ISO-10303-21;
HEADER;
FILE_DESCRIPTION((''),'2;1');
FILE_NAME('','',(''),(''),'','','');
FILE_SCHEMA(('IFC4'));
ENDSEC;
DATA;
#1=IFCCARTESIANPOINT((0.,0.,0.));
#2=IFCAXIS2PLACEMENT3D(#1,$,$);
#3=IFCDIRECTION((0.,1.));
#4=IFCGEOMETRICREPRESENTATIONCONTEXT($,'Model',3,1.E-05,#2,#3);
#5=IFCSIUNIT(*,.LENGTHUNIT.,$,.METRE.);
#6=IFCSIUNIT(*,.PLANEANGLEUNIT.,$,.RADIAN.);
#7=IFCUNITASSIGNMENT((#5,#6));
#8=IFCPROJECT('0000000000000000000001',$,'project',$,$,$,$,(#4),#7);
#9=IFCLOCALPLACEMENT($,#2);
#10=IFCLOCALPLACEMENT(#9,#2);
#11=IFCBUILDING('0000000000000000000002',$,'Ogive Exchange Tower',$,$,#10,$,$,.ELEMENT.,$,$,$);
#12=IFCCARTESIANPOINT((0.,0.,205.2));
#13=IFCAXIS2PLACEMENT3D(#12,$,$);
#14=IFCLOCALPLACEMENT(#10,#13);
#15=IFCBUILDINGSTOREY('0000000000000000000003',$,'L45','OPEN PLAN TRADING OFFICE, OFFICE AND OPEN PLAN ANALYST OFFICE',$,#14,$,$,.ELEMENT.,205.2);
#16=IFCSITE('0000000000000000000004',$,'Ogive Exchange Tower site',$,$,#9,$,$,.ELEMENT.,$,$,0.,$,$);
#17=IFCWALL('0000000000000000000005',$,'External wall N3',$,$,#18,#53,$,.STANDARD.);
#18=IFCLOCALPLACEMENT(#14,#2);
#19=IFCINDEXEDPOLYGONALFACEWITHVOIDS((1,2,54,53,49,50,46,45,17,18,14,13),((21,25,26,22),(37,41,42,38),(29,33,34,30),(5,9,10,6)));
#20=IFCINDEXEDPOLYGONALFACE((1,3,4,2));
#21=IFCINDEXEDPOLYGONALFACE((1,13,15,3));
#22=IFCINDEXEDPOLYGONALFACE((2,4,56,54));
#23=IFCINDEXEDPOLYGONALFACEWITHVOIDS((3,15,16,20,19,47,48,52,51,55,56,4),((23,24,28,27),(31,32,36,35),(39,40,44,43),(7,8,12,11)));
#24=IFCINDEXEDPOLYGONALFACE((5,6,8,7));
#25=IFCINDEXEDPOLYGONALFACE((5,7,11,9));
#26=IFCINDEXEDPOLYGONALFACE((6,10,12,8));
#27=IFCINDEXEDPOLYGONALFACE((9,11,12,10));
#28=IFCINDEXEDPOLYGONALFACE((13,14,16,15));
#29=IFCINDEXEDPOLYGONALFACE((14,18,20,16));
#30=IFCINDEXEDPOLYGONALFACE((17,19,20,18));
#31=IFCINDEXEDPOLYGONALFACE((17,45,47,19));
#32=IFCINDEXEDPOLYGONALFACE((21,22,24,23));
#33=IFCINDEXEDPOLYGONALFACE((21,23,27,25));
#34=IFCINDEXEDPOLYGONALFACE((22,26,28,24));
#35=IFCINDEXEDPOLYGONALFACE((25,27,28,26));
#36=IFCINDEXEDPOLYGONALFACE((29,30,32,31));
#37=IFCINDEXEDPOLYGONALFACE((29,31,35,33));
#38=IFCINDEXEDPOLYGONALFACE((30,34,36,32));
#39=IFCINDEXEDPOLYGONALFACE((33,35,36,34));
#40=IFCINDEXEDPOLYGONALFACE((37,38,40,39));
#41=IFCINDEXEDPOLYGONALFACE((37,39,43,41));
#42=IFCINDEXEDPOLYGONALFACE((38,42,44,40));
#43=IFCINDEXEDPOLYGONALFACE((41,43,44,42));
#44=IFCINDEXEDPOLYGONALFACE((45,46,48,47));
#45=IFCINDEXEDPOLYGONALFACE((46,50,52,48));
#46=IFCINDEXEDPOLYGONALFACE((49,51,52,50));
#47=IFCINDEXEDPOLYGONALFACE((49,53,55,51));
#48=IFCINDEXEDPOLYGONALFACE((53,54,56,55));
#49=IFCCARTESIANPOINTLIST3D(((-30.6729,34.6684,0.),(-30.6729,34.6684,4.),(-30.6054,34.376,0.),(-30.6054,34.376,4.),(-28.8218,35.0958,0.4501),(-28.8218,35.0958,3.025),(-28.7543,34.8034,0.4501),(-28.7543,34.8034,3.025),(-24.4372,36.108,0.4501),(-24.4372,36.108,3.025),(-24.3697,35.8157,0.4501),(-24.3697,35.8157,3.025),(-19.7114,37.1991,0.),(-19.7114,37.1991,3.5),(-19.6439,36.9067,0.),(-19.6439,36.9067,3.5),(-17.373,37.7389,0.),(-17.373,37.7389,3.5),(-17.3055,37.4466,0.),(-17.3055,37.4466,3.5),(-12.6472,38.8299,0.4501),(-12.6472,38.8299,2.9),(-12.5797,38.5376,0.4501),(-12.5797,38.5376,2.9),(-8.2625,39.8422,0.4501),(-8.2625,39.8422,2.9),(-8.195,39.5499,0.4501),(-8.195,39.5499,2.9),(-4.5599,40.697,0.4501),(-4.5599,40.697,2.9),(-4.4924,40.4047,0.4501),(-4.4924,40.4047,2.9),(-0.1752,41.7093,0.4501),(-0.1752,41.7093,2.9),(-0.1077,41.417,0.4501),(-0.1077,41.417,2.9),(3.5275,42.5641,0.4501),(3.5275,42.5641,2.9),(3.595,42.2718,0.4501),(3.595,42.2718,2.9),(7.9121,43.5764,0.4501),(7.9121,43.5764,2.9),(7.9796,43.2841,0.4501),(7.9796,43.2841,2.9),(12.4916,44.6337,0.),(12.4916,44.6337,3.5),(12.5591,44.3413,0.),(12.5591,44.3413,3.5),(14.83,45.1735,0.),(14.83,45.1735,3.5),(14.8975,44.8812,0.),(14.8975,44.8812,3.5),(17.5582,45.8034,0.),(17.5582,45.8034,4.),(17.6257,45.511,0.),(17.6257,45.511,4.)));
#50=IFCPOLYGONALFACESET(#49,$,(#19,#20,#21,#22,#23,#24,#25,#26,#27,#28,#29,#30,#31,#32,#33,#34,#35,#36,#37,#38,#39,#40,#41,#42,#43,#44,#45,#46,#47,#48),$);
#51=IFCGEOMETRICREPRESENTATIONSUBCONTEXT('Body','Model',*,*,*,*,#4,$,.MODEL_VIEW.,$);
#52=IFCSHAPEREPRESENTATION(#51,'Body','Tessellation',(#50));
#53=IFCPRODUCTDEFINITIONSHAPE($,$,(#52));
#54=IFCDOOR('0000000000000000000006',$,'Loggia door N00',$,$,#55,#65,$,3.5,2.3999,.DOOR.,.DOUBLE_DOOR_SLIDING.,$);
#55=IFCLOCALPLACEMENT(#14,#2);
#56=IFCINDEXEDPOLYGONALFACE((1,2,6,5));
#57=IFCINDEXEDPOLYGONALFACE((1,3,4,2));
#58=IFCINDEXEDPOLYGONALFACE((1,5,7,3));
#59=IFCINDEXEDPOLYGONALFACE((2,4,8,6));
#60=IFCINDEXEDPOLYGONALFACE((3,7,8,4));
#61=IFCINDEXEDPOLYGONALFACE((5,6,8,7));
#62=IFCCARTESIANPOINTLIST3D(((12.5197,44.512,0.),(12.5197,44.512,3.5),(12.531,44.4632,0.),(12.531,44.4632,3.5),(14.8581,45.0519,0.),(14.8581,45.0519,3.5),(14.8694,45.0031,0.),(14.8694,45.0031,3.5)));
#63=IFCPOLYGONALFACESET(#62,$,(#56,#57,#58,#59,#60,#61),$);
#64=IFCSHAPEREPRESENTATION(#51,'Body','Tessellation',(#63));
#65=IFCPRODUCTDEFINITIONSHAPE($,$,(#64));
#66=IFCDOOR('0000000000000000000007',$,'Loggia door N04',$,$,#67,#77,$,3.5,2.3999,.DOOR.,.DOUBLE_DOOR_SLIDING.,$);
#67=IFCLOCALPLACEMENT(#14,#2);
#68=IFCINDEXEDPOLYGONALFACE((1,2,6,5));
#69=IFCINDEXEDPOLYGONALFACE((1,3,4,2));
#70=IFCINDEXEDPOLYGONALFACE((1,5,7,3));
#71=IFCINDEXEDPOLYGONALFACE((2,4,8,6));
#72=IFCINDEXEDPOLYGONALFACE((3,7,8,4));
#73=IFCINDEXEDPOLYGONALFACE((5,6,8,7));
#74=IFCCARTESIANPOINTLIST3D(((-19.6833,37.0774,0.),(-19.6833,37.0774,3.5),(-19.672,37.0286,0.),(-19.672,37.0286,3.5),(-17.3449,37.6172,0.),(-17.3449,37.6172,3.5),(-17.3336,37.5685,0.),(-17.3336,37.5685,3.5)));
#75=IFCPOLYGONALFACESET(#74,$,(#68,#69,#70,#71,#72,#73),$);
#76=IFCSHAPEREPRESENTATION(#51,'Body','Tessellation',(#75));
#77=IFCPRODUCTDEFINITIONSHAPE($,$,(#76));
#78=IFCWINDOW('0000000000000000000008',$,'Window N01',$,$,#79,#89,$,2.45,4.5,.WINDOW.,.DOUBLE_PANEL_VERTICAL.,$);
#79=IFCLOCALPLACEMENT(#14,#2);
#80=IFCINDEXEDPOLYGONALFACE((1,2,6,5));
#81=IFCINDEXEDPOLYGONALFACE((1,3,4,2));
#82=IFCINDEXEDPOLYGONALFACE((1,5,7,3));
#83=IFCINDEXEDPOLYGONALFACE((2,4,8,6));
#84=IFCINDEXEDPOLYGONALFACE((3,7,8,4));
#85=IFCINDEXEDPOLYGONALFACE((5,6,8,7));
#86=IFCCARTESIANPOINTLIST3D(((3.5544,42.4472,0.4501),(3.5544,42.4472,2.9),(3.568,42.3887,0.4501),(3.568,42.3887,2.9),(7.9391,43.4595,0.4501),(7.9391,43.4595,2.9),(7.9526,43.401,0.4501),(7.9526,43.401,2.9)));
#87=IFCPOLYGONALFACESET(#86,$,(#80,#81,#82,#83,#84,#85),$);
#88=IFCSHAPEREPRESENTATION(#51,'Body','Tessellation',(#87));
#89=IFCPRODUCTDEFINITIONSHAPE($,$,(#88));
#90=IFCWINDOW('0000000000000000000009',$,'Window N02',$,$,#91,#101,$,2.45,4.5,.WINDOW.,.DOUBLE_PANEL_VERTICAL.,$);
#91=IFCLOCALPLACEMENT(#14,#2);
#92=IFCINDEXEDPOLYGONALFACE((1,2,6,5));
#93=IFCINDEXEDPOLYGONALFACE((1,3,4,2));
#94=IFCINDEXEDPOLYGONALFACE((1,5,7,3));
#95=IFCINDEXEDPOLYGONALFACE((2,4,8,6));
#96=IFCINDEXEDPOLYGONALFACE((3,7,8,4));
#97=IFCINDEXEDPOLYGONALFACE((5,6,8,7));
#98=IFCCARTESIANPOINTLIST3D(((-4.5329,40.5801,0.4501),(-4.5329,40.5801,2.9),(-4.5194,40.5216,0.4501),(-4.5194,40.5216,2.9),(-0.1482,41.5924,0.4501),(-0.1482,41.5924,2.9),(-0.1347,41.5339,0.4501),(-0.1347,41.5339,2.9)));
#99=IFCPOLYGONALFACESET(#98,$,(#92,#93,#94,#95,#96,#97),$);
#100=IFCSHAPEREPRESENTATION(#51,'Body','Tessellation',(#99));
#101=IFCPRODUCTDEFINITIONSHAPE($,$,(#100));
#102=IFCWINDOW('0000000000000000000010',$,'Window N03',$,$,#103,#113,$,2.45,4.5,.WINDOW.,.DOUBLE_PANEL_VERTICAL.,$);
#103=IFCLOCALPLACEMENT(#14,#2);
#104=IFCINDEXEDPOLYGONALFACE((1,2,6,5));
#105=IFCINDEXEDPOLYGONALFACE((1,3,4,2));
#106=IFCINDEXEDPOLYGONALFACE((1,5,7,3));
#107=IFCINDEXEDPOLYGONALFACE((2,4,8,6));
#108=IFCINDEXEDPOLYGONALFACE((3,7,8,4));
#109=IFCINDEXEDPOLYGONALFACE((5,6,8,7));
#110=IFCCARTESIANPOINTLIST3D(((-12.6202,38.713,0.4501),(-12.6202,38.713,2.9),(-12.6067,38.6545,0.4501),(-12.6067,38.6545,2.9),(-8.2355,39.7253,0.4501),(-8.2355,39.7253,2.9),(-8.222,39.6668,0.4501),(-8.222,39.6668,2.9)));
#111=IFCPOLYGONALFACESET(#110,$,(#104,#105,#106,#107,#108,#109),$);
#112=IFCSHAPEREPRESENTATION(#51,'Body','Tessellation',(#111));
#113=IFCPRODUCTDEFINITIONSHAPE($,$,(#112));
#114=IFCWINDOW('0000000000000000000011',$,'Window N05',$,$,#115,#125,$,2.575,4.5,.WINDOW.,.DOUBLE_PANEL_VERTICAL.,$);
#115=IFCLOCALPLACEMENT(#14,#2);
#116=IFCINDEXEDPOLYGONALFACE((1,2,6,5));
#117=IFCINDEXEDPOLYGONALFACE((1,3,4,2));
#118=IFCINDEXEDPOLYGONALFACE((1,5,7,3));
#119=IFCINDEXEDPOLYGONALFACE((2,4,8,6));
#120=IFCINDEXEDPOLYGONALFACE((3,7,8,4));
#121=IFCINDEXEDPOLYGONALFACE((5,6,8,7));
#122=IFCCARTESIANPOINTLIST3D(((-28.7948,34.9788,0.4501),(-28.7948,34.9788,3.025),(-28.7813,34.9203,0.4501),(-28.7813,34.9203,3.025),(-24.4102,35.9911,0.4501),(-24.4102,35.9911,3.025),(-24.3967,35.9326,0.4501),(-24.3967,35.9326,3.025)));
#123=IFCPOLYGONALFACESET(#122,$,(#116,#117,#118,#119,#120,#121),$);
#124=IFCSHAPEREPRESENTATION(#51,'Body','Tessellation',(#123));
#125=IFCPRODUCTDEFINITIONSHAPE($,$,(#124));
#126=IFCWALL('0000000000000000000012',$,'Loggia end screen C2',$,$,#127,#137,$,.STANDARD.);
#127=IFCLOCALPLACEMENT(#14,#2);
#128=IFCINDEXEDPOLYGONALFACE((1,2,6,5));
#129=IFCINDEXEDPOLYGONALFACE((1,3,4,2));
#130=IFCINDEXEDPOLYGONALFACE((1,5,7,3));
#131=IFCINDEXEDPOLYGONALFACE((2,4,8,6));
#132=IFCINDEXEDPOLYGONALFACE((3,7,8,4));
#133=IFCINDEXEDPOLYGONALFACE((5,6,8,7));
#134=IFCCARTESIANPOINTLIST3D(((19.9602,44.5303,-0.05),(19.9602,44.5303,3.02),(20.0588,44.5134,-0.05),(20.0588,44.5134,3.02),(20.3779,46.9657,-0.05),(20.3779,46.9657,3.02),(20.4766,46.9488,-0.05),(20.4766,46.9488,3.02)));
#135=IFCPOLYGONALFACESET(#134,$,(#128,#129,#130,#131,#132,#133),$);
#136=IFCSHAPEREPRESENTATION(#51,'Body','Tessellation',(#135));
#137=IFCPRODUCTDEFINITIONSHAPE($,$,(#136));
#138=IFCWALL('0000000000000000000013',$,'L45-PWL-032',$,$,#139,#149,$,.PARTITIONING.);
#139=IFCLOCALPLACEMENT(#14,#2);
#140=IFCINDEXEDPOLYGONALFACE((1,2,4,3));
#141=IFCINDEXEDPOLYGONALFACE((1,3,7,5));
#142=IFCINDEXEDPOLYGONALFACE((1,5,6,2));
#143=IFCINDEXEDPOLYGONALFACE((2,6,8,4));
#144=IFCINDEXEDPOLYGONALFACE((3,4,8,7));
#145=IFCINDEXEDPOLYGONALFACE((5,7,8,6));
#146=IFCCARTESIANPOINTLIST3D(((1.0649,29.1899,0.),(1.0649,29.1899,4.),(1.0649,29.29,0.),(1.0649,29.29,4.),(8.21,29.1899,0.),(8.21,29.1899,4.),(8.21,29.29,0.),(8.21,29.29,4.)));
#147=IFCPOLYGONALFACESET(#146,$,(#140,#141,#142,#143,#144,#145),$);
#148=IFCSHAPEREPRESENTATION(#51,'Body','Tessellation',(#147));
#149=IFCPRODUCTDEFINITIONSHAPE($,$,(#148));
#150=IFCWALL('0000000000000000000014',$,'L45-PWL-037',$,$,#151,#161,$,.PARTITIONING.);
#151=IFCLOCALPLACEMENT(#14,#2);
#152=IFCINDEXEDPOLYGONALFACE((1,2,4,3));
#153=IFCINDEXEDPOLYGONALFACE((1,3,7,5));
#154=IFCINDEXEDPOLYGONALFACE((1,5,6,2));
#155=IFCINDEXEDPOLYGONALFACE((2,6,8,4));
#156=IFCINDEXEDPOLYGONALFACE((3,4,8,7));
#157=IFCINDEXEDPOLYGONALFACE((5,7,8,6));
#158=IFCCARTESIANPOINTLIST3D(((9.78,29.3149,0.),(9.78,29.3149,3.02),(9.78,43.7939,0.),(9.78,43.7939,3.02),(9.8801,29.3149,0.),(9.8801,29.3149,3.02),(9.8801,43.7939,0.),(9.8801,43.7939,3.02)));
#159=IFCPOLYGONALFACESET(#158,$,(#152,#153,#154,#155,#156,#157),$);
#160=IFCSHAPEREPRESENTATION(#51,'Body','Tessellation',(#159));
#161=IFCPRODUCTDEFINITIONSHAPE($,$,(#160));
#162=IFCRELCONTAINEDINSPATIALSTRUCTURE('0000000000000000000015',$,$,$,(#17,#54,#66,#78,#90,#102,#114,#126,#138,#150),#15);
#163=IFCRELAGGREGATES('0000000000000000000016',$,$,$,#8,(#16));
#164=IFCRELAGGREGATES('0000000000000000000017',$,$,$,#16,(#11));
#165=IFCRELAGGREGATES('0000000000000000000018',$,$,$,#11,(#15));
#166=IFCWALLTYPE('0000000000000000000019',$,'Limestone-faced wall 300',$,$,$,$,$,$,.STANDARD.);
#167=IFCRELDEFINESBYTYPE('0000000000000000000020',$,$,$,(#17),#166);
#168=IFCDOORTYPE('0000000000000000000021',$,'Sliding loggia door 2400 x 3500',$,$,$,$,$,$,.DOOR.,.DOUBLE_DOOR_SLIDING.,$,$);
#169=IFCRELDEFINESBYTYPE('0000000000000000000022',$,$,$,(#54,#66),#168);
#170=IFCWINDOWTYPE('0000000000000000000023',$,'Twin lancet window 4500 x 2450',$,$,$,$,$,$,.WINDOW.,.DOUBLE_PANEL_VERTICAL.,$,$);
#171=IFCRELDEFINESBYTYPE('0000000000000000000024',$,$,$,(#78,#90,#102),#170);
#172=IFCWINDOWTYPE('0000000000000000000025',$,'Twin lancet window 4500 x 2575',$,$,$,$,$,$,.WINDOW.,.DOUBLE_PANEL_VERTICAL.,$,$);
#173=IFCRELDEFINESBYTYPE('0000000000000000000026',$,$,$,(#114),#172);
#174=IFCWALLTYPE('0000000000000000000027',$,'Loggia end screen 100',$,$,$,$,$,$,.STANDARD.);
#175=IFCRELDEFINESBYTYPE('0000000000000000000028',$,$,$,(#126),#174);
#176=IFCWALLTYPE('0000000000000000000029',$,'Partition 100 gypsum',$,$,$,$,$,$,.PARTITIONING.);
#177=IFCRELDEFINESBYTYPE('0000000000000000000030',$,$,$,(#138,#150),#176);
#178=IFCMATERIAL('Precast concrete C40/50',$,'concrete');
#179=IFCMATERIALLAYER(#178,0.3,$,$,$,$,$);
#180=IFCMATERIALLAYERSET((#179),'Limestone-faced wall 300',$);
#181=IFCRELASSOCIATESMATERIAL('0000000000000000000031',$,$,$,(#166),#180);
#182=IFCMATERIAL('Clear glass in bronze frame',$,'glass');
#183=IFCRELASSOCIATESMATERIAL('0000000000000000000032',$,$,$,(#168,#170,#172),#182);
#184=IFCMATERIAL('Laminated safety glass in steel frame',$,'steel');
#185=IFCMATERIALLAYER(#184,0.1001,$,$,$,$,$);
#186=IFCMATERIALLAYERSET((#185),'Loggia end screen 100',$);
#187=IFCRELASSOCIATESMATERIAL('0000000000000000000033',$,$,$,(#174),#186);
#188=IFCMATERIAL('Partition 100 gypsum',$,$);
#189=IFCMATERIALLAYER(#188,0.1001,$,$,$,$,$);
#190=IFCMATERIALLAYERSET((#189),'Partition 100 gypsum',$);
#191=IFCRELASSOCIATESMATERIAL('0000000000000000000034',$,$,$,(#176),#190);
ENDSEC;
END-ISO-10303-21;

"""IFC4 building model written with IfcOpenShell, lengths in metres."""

from ifc_helpers import new_model, si_unit, direction, frame, frame_2d, origin, place, context, subcontext, project, spatial, rectangle, extrude, material, layer, layer_set, type_object, element, fill, save


model = new_model("IFC4")

# Units and contexts
model_context = context("Model", 3, precision=1e-05, world=origin(), true_north=direction((0.0, 1.0)))
body_context = subcontext(model_context, "Body", "Model", "MODEL_VIEW")
ifc_project = project(units=[si_unit("LENGTHUNIT", "METRE"), si_unit("PLANEANGLEUNIT", "RADIAN")], contexts=[model_context])

# Site, building, storey
site_placement = place(None, origin())
site = spatial("IfcSite", under=ifc_project, at=site_placement, Name="Ogive Exchange Tower site", CompositionType="ELEMENT", RefElevation=0.0)
building_placement = place(site_placement, origin())
building = spatial("IfcBuilding", under=site, at=building_placement, Name="Ogive Exchange Tower", CompositionType="ELEMENT")
storey_placement = place(building_placement, frame((0.0, 0.0, 205.2)))
storey = spatial("IfcBuildingStorey", under=building, at=storey_placement, Name="L45", Description="OPEN PLAN TRADING OFFICE, OFFICE AND OPEN PLAN ANALYST OFFICE", CompositionType="ELEMENT", Elevation=205.2)

# Wall, openings, doors, windows
ifc_material_1 = material(Name="Precast concrete C40/50", Category="concrete")
ifc_layer_1 = layer(ifc_material_1, 0.3)
ifc_layer_set_1 = layer_set([ifc_layer_1], Name="Limestone-faced wall 300")
wall_type_1 = type_object("IfcWallType", Name="Limestone-faced wall 300", PredefinedType="STANDARD", material=ifc_layer_set_1)
wall_1_placement = place(storey_placement, frame((17.592, 45.6572, 0.0), z_axis=(0.0, 0.0, 1.0), x_axis=(-0.97437, -0.22495, 0.0)))
wall_1 = element("IfcWall", 1, at=wall_1_placement, inside=storey, type_object=wall_type_1, Name="External wall N3", PredefinedType="STANDARD", context=body_context, shape_type="SweptSolid", body=[
    extrude(rectangle(XDim=49.4998, YDim=0.3, at=frame_2d((24.75, 0.0))), origin(), (0.0, 0.0, 1.0), 4.0),
])
opening_1_placement = place(wall_1_placement, frame((2.8, 0.0, 0.0)))
opening_1 = element("IfcOpeningElement", 2, at=opening_1_placement, cuts=wall_1, PredefinedType="OPENING", context=body_context, shape_type="SweptSolid", body=[
    extrude(rectangle(XDim=2.3999, YDim=3.5, at=frame_2d((1.2, 1.75))), frame((0.0, 0.1599, 0.0), z_axis=(0.0, -1.0, 0.0), x_axis=(1.0, 0.0, 0.0)), (0.0, 0.0, 1.0), 0.3201),
])
opening_2_placement = place(wall_1_placement, frame((9.8999, 0.0, 0.45)))
opening_2 = element("IfcOpeningElement", 3, at=opening_2_placement, cuts=wall_1, PredefinedType="OPENING", context=body_context, shape_type="SweptSolid", body=[
    extrude(rectangle(XDim=4.5, YDim=2.45, at=frame_2d((2.25, 1.2251))), frame((0.0, 0.1599, 0.0), z_axis=(0.0, -1.0, 0.0), x_axis=(1.0, 0.0, 0.0)), (0.0, 0.0, 1.0), 0.3201),
])
opening_3_placement = place(wall_1_placement, frame((18.2, 0.0, 0.45)))
opening_3 = element("IfcOpeningElement", 4, at=opening_3_placement, cuts=wall_1, PredefinedType="OPENING", context=body_context, shape_type="SweptSolid", body=[
    extrude(rectangle(XDim=4.5, YDim=2.45, at=frame_2d((2.25, 1.2251))), frame((0.0, 0.1599, 0.0), z_axis=(0.0, -1.0, 0.0), x_axis=(1.0, 0.0, 0.0)), (0.0, 0.0, 1.0), 0.3201),
])
opening_4_placement = place(wall_1_placement, frame((26.5, 0.0, 0.45)))
opening_4 = element("IfcOpeningElement", 5, at=opening_4_placement, cuts=wall_1, PredefinedType="OPENING", context=body_context, shape_type="SweptSolid", body=[
    extrude(rectangle(XDim=4.5, YDim=2.45, at=frame_2d((2.25, 1.2251))), frame((0.0, 0.1599, 0.0), z_axis=(0.0, -1.0, 0.0), x_axis=(1.0, 0.0, 0.0)), (0.0, 0.0, 1.0), 0.3201),
])
opening_5_placement = place(wall_1_placement, frame((35.8501, 0.0, 0.0)))
opening_5 = element("IfcOpeningElement", 6, at=opening_5_placement, cuts=wall_1, PredefinedType="OPENING", context=body_context, shape_type="SweptSolid", body=[
    extrude(rectangle(XDim=2.3999, YDim=3.5, at=frame_2d((1.2, 1.75))), frame((0.0, 0.1599, 0.0), z_axis=(0.0, -1.0, 0.0), x_axis=(1.0, 0.0, 0.0)), (0.0, 0.0, 1.0), 0.3201),
])
opening_6_placement = place(wall_1_placement, frame((43.1001, 0.0, 0.45)))
opening_6 = element("IfcOpeningElement", 7, at=opening_6_placement, cuts=wall_1, PredefinedType="OPENING", context=body_context, shape_type="SweptSolid", body=[
    extrude(rectangle(XDim=4.5, YDim=2.575, at=frame_2d((2.25, 1.2876))), frame((0.0, 0.1599, 0.0), z_axis=(0.0, -1.0, 0.0), x_axis=(1.0, 0.0, 0.0)), (0.0, 0.0, 1.0), 0.3201),
])
ifc_material_2 = material(Name="Clear glass in bronze frame", Category="glass")
door_type_1 = type_object("IfcDoorType", Name="Sliding loggia door 2400 x 3500", OperationType="DOUBLE_DOOR_SLIDING", PredefinedType="DOOR", material=ifc_material_2)
door_1_placement = place(opening_1_placement, origin())
door_1 = element("IfcDoor", 8, at=door_1_placement, inside=storey, type_object=door_type_1, Name="Loggia door N00", OperationType="DOUBLE_DOOR_SLIDING", OverallHeight=3.5, OverallWidth=2.3999, PredefinedType="DOOR", context=body_context, shape_type="SweptSolid", body=[
    extrude(rectangle(XDim=2.3999, YDim=3.5, at=frame_2d((1.2, 1.75))), frame((0.0, 0.0249, 0.0), z_axis=(0.0, -1.0, 0.0), x_axis=(1.0, 0.0, 0.0)), (0.0, 0.0, 1.0), 0.05),
])
fill(opening_1, door_1)
door_2_placement = place(opening_5_placement, origin())
door_2 = element("IfcDoor", 9, at=door_2_placement, inside=storey, type_object=door_type_1, Name="Loggia door N04", OperationType="DOUBLE_DOOR_SLIDING", OverallHeight=3.5, OverallWidth=2.3999, PredefinedType="DOOR", context=body_context, shape_type="SweptSolid", body=[
    extrude(rectangle(XDim=2.3999, YDim=3.5, at=frame_2d((1.2, 1.75))), frame((0.0, 0.0249, 0.0), z_axis=(0.0, -1.0, 0.0), x_axis=(1.0, 0.0, 0.0)), (0.0, 0.0, 1.0), 0.05),
])
fill(opening_5, door_2)
window_type_1 = type_object("IfcWindowType", Name="Twin lancet window 4500 x 2450", PartitioningType="DOUBLE_PANEL_VERTICAL", PredefinedType="WINDOW", material=ifc_material_2)
window_1_placement = place(opening_2_placement, origin())
window_1 = element("IfcWindow", 10, at=window_1_placement, inside=storey, type_object=window_type_1, Name="Window N01", OverallHeight=2.45, OverallWidth=4.5, PartitioningType="DOUBLE_PANEL_VERTICAL", PredefinedType="WINDOW", context=body_context, shape_type="SweptSolid", body=[
    extrude(rectangle(XDim=4.5, YDim=2.45, at=frame_2d((2.25, 1.2251))), frame((0.0, 0.03, 0.0), z_axis=(0.0, -1.0, 0.0), x_axis=(1.0, 0.0, 0.0)), (0.0, 0.0, 1.0), 0.0601),
])
fill(opening_2, window_1)
window_2_placement = place(opening_3_placement, origin())
window_2 = element("IfcWindow", 11, at=window_2_placement, inside=storey, type_object=window_type_1, Name="Window N02", OverallHeight=2.45, OverallWidth=4.5, PartitioningType="DOUBLE_PANEL_VERTICAL", PredefinedType="WINDOW", context=body_context, shape_type="SweptSolid", body=[
    extrude(rectangle(XDim=4.5, YDim=2.45, at=frame_2d((2.25, 1.2251))), frame((0.0, 0.03, 0.0), z_axis=(0.0, -1.0, 0.0), x_axis=(1.0, 0.0, 0.0)), (0.0, 0.0, 1.0), 0.0601),
])
fill(opening_3, window_2)
window_3_placement = place(opening_4_placement, origin())
window_3 = element("IfcWindow", 12, at=window_3_placement, inside=storey, type_object=window_type_1, Name="Window N03", OverallHeight=2.45, OverallWidth=4.5, PartitioningType="DOUBLE_PANEL_VERTICAL", PredefinedType="WINDOW", context=body_context, shape_type="SweptSolid", body=[
    extrude(rectangle(XDim=4.5, YDim=2.45, at=frame_2d((2.25, 1.2251))), frame((0.0, 0.03, 0.0), z_axis=(0.0, -1.0, 0.0), x_axis=(1.0, 0.0, 0.0)), (0.0, 0.0, 1.0), 0.0601),
])
fill(opening_4, window_3)
window_type_2 = type_object("IfcWindowType", Name="Twin lancet window 4500 x 2575", PartitioningType="DOUBLE_PANEL_VERTICAL", PredefinedType="WINDOW", material=ifc_material_2)
window_4_placement = place(opening_6_placement, origin())
window_4 = element("IfcWindow", 13, at=window_4_placement, inside=storey, type_object=window_type_2, Name="Window N05", OverallHeight=2.575, OverallWidth=4.5, PartitioningType="DOUBLE_PANEL_VERTICAL", PredefinedType="WINDOW", context=body_context, shape_type="SweptSolid", body=[
    extrude(rectangle(XDim=4.5, YDim=2.575, at=frame_2d((2.25, 1.2876))), frame((0.0, 0.03, 0.0), z_axis=(0.0, -1.0, 0.0), x_axis=(1.0, 0.0, 0.0)), (0.0, 0.0, 1.0), 0.0601),
])
fill(opening_6, window_4)

# Walls
ifc_material_3 = material(Name="Laminated safety glass in steel frame", Category="steel")
ifc_layer_2 = layer(ifc_material_3, 0.1001)
ifc_layer_set_2 = layer_set([ifc_layer_2], Name="Loggia end screen 100")
wall_type_2 = type_object("IfcWallType", Name="Loggia end screen 100", PredefinedType="STANDARD", material=ifc_layer_set_2)
wall_2_placement = place(storey_placement, frame((20.0095, 44.522, -0.05), z_axis=(0.0, 0.0, 1.0), x_axis=(0.16906, 0.985606, 0.0)))
element("IfcWall", 14, at=wall_2_placement, inside=storey, type_object=wall_type_2, Name="Loggia end screen C2", PredefinedType="STANDARD", context=body_context, shape_type="SweptSolid", body=[
    extrude(rectangle(XDim=2.4709, YDim=0.1001, at=frame_2d((1.2354, 0.0))), origin(), (0.0, 0.0, 1.0), 3.0701),
])
ifc_material_4 = material(Name="Partition 100 gypsum")
ifc_layer_3 = layer(ifc_material_4, 0.1001)
ifc_layer_set_3 = layer_set([ifc_layer_3], Name="Partition 100 gypsum")
wall_type_3 = type_object("IfcWallType", Name="Partition 100 gypsum", PredefinedType="PARTITIONING", material=ifc_layer_set_3)
wall_3_placement = place(storey_placement, frame((1.0649, 29.24, 0.0), z_axis=(0.0, 0.0, 1.0), x_axis=(1.0, 0.0, 0.0)))
element("IfcWall", 15, at=wall_3_placement, inside=storey, type_object=wall_type_3, Name="L45-PWL-032", PredefinedType="PARTITIONING", context=body_context, shape_type="SweptSolid", body=[
    extrude(rectangle(XDim=7.145, YDim=0.1001, at=frame_2d((3.5725, 0.0))), origin(), (0.0, 0.0, 1.0), 4.0),
])
wall_4_placement = place(storey_placement, frame((9.8301, 43.7939, 0.0), z_axis=(0.0, 0.0, 1.0), x_axis=(0.0, -1.0, 0.0)))
element("IfcWall", 16, at=wall_4_placement, inside=storey, type_object=wall_type_3, Name="L45-PWL-037", PredefinedType="PARTITIONING", context=body_context, shape_type="SweptSolid", body=[
    extrude(rectangle(XDim=14.479, YDim=0.1001, at=frame_2d((7.2395, 0.0))), origin(), (0.0, 0.0, 1.0), 3.02),
])

save(model, "model.ifc")
